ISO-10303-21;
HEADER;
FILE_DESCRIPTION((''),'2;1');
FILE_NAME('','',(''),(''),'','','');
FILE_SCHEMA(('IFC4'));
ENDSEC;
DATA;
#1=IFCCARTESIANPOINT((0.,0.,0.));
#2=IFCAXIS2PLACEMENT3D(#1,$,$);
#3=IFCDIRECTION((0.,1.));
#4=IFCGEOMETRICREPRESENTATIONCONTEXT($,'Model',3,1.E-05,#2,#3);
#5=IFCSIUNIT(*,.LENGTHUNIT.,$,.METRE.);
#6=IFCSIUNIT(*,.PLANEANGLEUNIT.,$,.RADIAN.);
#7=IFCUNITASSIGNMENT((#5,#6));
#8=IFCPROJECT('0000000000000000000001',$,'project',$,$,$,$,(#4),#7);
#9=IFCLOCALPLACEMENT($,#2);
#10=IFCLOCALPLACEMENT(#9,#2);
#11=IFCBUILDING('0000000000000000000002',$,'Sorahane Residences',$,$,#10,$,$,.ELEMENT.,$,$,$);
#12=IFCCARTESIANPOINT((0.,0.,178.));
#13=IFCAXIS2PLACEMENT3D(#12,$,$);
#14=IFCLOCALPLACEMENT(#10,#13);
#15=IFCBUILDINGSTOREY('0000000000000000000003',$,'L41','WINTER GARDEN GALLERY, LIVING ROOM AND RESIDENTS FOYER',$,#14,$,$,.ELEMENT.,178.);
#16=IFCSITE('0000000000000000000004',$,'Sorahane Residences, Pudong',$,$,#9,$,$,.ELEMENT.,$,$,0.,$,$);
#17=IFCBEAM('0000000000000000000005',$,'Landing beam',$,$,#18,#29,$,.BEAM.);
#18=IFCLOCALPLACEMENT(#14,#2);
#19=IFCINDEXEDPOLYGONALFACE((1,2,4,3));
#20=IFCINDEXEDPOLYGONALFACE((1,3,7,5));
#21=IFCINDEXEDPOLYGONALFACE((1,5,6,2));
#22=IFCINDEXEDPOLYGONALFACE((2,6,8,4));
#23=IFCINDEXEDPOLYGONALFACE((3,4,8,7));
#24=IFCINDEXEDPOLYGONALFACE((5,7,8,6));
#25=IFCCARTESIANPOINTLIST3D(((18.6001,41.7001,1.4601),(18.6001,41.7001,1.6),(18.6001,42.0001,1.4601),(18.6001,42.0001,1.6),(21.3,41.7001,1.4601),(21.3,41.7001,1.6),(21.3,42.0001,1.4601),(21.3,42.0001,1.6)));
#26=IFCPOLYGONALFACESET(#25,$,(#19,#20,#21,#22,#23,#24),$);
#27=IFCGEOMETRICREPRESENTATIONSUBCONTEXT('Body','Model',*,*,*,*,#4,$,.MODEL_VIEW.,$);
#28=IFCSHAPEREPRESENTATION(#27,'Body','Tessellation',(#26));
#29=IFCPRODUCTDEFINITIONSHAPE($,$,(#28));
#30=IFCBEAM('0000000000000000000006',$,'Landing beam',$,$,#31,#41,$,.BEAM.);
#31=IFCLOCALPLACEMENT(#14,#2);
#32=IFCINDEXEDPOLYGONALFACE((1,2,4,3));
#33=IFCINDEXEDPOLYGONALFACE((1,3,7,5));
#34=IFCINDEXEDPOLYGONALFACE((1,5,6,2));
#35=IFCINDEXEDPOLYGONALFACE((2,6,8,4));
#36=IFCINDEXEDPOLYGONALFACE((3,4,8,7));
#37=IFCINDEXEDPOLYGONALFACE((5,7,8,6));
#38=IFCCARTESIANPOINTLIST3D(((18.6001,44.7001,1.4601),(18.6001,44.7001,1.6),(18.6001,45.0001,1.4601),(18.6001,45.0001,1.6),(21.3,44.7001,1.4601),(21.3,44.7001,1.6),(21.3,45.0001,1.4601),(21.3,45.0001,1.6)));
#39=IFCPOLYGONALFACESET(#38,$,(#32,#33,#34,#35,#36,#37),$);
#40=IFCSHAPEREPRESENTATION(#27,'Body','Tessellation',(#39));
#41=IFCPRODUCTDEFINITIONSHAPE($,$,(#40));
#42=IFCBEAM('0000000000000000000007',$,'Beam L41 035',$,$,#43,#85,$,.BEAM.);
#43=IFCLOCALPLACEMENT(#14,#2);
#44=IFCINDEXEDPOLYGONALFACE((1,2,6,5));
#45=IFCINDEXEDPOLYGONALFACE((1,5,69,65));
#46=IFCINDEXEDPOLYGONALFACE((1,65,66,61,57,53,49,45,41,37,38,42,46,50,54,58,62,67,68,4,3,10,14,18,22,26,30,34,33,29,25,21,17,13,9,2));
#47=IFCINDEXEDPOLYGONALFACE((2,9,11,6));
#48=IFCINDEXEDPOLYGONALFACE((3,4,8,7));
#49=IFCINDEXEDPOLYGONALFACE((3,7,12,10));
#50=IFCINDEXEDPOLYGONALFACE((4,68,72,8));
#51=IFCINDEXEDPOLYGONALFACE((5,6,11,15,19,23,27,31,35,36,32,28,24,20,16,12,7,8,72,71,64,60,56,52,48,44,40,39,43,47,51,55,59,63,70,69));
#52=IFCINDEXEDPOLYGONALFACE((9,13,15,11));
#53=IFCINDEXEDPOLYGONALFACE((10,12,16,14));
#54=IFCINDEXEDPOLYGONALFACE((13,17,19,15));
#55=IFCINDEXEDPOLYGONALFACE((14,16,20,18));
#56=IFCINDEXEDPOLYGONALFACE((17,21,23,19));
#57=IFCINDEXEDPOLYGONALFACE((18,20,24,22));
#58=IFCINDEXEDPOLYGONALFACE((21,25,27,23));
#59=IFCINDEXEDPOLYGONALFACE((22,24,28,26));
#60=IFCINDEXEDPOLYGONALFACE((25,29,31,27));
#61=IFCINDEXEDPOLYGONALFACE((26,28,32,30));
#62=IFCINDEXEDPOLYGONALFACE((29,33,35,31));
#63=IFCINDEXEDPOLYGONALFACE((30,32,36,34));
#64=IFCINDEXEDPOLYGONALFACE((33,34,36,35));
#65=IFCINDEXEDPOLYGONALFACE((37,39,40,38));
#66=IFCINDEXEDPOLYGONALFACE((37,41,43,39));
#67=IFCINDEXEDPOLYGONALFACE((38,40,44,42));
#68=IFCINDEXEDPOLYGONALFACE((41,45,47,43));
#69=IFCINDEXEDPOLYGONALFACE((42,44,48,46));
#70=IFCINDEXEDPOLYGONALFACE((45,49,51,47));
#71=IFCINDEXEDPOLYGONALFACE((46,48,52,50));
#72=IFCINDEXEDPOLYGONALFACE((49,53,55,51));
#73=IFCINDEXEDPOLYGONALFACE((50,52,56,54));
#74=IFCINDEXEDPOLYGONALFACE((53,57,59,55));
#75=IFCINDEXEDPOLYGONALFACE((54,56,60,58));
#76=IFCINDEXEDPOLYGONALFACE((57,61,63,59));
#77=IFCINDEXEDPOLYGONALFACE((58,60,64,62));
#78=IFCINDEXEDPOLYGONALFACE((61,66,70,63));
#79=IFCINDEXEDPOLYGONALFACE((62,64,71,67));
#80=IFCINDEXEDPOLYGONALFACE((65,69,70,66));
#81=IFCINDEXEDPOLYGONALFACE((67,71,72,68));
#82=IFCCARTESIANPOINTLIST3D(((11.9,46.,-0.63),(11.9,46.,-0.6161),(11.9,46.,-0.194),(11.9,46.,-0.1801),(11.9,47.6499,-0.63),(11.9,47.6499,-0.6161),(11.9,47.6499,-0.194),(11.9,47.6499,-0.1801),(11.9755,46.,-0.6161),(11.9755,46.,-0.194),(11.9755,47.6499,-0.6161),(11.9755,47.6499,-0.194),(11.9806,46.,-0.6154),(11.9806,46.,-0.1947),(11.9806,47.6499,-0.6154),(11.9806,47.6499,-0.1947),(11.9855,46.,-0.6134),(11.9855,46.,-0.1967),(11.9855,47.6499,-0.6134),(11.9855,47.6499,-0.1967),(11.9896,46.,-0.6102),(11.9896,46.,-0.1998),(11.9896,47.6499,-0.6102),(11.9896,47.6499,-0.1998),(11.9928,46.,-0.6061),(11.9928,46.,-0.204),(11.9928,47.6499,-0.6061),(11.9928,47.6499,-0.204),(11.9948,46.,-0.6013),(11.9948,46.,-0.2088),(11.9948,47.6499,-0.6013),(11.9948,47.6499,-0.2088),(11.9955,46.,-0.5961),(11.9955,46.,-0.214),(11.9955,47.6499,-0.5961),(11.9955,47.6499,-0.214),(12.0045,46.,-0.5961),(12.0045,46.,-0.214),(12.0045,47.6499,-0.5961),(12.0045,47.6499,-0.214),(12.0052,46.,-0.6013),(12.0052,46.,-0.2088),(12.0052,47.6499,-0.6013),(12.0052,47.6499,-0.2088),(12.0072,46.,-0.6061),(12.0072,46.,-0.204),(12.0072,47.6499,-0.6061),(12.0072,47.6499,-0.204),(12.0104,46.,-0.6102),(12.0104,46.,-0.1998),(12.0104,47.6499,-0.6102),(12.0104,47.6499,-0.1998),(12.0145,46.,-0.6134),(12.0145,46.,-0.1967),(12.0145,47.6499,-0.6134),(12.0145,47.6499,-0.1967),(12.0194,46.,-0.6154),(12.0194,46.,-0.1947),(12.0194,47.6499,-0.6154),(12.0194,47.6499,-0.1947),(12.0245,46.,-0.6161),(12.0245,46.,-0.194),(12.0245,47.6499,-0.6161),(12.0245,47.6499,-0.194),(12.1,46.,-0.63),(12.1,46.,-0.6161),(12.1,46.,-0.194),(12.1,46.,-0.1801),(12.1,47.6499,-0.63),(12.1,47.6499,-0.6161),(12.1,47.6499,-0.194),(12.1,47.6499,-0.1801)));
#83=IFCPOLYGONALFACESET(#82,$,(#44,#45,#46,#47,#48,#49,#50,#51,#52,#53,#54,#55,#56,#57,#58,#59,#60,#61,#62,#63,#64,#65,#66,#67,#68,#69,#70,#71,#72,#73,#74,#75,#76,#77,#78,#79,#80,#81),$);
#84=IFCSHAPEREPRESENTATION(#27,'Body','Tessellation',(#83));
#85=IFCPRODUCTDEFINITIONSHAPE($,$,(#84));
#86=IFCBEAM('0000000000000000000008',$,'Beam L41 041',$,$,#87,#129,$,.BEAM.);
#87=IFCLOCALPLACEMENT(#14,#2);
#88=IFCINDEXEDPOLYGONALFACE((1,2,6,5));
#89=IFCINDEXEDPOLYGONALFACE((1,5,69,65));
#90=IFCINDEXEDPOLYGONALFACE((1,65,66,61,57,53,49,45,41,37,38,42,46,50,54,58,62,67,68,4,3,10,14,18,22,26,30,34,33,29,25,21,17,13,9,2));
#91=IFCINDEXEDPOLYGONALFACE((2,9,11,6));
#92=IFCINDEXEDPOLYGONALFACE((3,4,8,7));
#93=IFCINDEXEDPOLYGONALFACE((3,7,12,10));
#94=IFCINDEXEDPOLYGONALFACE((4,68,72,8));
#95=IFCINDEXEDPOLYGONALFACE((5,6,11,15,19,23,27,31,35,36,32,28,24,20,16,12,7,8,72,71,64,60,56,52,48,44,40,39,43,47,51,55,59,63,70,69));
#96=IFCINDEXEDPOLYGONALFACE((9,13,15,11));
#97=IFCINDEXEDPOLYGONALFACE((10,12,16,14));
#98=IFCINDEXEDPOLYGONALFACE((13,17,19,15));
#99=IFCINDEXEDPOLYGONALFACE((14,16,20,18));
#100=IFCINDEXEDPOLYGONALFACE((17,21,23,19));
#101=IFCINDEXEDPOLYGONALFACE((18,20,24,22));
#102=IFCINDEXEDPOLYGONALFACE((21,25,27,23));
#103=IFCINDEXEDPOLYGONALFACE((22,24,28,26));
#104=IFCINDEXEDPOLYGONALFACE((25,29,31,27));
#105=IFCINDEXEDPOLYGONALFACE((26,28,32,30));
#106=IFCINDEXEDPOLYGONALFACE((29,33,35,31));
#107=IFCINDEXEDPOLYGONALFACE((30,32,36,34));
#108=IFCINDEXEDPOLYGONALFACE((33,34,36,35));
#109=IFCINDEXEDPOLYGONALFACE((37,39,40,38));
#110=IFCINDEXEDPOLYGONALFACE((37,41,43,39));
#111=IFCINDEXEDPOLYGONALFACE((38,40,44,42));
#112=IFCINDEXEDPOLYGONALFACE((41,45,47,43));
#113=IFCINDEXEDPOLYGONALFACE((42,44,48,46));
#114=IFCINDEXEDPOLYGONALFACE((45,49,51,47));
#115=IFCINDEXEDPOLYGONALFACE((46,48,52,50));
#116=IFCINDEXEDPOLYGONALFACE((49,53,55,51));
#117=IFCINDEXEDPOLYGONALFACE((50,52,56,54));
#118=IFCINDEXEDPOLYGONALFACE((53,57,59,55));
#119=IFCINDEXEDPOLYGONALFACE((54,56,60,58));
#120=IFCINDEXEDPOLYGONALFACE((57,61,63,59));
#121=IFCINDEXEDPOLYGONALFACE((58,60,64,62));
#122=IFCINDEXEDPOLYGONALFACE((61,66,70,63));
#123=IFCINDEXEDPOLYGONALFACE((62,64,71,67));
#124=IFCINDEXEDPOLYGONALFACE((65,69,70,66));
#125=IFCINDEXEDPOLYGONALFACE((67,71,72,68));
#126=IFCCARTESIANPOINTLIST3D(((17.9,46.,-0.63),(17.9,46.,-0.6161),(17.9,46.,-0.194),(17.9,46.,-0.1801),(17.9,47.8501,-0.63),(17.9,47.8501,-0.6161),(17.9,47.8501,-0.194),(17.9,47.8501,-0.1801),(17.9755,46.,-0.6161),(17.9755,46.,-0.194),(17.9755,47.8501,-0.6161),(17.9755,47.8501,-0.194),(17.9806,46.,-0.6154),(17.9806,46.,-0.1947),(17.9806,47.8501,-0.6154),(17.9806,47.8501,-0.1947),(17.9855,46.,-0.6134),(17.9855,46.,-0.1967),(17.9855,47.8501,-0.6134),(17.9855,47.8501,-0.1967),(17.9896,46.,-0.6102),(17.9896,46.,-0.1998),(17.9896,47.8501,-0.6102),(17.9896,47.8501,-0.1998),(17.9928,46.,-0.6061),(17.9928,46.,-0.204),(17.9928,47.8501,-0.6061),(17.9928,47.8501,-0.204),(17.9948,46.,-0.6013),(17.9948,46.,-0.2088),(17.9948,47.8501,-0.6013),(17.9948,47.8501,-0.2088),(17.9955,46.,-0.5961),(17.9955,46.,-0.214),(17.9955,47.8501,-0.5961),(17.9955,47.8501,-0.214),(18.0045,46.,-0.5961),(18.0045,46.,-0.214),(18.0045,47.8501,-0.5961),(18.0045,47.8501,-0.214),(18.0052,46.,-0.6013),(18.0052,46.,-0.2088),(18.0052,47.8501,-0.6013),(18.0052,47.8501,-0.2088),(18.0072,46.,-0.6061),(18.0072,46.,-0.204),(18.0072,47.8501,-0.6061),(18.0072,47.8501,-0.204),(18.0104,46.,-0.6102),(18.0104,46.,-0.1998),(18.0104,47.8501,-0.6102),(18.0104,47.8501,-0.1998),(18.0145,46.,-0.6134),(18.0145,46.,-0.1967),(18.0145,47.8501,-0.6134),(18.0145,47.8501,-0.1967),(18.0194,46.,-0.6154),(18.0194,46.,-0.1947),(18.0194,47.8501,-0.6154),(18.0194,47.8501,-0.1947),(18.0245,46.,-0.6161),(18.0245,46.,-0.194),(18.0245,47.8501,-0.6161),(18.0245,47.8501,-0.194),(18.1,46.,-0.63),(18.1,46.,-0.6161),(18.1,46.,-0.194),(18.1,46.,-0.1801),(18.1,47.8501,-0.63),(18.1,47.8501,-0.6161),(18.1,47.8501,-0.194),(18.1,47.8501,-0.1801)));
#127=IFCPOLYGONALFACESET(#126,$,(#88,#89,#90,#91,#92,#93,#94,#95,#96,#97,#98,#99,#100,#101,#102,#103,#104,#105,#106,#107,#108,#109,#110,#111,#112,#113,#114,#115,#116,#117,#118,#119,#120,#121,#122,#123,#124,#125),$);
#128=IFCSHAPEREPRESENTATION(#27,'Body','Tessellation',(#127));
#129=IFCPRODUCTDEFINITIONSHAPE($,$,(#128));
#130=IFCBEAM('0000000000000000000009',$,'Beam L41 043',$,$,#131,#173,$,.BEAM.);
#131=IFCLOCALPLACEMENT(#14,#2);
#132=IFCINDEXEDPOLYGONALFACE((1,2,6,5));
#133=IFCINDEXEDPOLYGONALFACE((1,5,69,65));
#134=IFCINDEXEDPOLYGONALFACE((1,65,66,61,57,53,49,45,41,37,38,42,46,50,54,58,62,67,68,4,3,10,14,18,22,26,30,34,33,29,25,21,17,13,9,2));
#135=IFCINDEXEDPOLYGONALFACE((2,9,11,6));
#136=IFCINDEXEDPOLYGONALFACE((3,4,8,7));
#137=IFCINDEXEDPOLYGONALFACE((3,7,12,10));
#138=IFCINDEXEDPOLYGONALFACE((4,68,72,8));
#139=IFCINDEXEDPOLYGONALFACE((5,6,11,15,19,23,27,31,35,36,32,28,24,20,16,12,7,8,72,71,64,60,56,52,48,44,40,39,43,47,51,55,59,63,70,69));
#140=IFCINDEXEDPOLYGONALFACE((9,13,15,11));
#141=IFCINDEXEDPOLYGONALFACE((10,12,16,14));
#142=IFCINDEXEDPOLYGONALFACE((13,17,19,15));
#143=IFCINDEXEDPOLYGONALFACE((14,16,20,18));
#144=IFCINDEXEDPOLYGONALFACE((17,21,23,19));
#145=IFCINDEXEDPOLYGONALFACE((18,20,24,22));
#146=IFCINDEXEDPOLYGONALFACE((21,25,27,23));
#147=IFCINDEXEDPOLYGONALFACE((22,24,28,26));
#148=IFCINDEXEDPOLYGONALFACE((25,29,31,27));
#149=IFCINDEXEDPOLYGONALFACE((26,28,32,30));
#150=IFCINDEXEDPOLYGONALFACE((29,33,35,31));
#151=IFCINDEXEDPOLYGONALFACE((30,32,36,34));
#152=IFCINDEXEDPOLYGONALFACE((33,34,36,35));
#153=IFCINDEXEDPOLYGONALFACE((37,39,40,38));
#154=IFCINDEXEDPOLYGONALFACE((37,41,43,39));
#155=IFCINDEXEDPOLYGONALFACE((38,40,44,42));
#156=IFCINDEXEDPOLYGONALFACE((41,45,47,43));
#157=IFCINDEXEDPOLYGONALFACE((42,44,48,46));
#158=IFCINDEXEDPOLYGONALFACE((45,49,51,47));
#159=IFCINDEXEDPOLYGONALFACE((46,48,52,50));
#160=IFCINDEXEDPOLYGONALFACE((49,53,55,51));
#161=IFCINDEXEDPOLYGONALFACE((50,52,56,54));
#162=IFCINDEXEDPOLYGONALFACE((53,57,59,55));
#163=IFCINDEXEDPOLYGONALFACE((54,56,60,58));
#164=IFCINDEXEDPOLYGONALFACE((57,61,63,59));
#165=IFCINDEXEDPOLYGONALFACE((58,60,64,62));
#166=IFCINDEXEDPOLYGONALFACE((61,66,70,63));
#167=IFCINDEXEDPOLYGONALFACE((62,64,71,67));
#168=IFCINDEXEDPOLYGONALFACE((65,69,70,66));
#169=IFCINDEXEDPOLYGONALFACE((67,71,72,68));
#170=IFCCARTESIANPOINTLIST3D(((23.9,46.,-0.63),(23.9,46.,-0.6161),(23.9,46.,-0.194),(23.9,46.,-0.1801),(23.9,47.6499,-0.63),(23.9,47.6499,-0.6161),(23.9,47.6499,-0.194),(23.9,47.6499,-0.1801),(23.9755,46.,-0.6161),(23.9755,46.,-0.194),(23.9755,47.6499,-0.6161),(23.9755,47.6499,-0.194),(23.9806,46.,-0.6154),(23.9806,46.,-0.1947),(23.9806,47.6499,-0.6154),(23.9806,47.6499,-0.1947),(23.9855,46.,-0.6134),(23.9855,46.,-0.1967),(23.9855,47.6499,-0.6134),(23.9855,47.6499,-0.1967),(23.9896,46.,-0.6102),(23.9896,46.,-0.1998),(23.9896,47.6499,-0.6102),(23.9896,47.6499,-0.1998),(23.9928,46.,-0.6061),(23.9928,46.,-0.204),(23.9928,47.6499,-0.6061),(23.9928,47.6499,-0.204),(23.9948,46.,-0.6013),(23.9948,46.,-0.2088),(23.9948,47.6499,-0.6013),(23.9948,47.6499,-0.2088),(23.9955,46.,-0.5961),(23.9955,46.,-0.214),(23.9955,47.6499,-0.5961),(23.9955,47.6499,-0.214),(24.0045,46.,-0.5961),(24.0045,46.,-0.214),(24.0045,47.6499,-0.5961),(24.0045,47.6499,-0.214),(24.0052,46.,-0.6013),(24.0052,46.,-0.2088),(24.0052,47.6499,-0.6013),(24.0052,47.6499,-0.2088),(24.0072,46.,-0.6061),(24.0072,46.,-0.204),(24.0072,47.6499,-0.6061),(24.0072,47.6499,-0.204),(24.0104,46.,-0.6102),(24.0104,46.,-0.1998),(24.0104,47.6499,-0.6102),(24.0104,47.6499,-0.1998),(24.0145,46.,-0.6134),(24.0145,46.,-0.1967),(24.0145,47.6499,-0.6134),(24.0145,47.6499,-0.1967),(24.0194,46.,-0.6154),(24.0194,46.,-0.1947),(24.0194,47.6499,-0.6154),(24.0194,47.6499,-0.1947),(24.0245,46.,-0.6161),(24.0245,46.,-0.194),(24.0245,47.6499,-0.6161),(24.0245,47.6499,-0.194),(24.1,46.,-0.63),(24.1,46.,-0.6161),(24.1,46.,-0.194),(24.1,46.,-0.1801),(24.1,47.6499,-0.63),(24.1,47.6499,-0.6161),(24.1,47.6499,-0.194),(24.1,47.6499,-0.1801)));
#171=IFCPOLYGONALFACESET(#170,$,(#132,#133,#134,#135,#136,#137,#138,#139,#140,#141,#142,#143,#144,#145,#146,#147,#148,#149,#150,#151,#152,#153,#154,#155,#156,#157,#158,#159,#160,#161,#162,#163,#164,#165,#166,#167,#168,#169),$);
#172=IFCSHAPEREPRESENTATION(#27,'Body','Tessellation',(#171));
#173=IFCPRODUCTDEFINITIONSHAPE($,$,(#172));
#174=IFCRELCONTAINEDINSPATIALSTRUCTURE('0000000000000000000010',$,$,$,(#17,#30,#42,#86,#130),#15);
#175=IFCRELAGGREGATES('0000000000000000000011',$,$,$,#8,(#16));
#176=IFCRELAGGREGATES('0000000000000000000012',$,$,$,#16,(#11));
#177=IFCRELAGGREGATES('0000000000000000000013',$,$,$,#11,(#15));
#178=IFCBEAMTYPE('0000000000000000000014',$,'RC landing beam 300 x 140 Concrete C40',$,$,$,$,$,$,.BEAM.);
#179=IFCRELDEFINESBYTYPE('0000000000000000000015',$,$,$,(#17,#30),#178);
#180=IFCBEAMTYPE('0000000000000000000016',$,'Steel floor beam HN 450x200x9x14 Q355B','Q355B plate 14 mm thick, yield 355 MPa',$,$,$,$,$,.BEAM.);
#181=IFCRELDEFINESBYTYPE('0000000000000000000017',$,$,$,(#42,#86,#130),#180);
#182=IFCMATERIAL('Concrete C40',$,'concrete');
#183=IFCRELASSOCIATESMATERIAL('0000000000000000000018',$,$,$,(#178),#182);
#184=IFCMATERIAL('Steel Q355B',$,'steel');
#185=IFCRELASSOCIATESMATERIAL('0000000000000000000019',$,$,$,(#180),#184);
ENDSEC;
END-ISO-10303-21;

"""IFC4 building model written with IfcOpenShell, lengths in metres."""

from ifc_helpers import new_model, si_unit, direction, frame, origin, origin_2d, place, context, subcontext, project, spatial, rectangle, i_section, extrude, material, material_profile, profile_set, type_object, element, save


model = new_model("IFC4")

# Units and contexts
model_context = context("Model", 3, precision=1e-05, world=origin(), true_north=direction((0.0, 1.0)))
body_context = subcontext(model_context, "Body", "Model", "MODEL_VIEW")
ifc_project = project(units=[si_unit("LENGTHUNIT", "METRE"), si_unit("PLANEANGLEUNIT", "RADIAN")], contexts=[model_context])

# Site, building, storey
site_placement = place(None, origin())
site = spatial("IfcSite", under=ifc_project, at=site_placement, Name="Sorahane Residences, Pudong", CompositionType="ELEMENT", RefElevation=0.0)
building_placement = place(site_placement, origin())
building = spatial("IfcBuilding", under=site, at=building_placement, Name="Sorahane Residences", CompositionType="ELEMENT")
storey_placement = place(building_placement, frame((0.0, 0.0, 178.0)))
storey = spatial("IfcBuildingStorey", under=building, at=storey_placement, Name="L41", Description="WINTER GARDEN GALLERY, LIVING ROOM AND RESIDENTS FOYER", CompositionType="ELEMENT", Elevation=178.0)

# Beams
ifc_material_1 = material(Name="Concrete C40", Category="concrete")
ifc_material_profile_1 = material_profile(ifc_material_1, rectangle(XDim=0.3, YDim=0.1399, at=origin_2d()), Name="300x140")
ifc_profile_set_1 = profile_set([ifc_material_profile_1], Name="Concrete C40")
beam_type_1 = type_object("IfcBeamType", Name="RC landing beam 300 x 140 Concrete C40", PredefinedType="BEAM", material=ifc_profile_set_1)
for number, where, z_axis, x_axis, name in (
    (1, (18.6001, 41.8501, 1.53), (1.0, 0.0, 0.0), (0.0, 1.0, 0.0), "Landing beam"),
    (2, (18.6001, 44.8501, 1.53), (1.0, 0.0, 0.0), (0.0, 1.0, 0.0), "Landing beam"),
):
    element("IfcBeam", number, at=place(storey_placement, frame(where, z_axis=z_axis, x_axis=x_axis)), inside=storey, type_object=beam_type_1, Name=name, PredefinedType="BEAM", context=body_context, shape_type="SweptSolid", body=[
        extrude(rectangle(XDim=0.3, YDim=0.1399, at=origin_2d()), origin(), (0.0, 0.0, 1.0), 2.7),
    ])
ifc_material_2 = material(Name="Steel Q355B", Category="steel")
ifc_material_profile_2 = material_profile(ifc_material_2, i_section(OverallWidth=0.2, OverallDepth=0.45, WebThickness=0.009, FlangeThickness=0.0139, FilletRadius=0.02, at=origin_2d()), Name="HN 450x200x9x14")
ifc_profile_set_2 = profile_set([ifc_material_profile_2], Name="Steel Q355B")
beam_type_2 = type_object("IfcBeamType", Name="Steel floor beam HN 450x200x9x14 Q355B", Description="Q355B plate 14 mm thick, yield 355 MPa", PredefinedType="BEAM", material=ifc_profile_set_2)
beam_1_placement = place(storey_placement, frame((12.0, 46.0, -0.405), z_axis=(0.0, 1.0, 0.0), x_axis=(-1.0, 0.0, 0.0)))
element("IfcBeam", 3, at=beam_1_placement, inside=storey, type_object=beam_type_2, Name="Beam L41 035", PredefinedType="BEAM", context=body_context, shape_type="SweptSolid", body=[
    extrude(i_section(OverallWidth=0.2, OverallDepth=0.45, WebThickness=0.009, FlangeThickness=0.0139, FilletRadius=0.02, at=origin_2d()), origin(), (0.0, 0.0, 1.0), 1.6499),
])
beam_2_placement = place(storey_placement, frame((18.0, 46.0, -0.405), z_axis=(0.0, 1.0, 0.0), x_axis=(-1.0, 0.0, 0.0)))
element("IfcBeam", 4, at=beam_2_placement, inside=storey, type_object=beam_type_2, Name="Beam L41 041", PredefinedType="BEAM", context=body_context, shape_type="SweptSolid", body=[
    extrude(i_section(OverallWidth=0.2, OverallDepth=0.45, WebThickness=0.009, FlangeThickness=0.0139, FilletRadius=0.02, at=origin_2d()), origin(), (0.0, 0.0, 1.0), 1.8501),
])
beam_3_placement = place(storey_placement, frame((24.0, 46.0, -0.405), z_axis=(0.0, 1.0, 0.0), x_axis=(-1.0, 0.0, 0.0)))
element("IfcBeam", 5, at=beam_3_placement, inside=storey, type_object=beam_type_2, Name="Beam L41 043", PredefinedType="BEAM", context=body_context, shape_type="SweptSolid", body=[
    extrude(i_section(OverallWidth=0.2, OverallDepth=0.45, WebThickness=0.009, FlangeThickness=0.0139, FilletRadius=0.02, at=origin_2d()), origin(), (0.0, 0.0, 1.0), 1.6499),
])

save(model, "model.ifc")
